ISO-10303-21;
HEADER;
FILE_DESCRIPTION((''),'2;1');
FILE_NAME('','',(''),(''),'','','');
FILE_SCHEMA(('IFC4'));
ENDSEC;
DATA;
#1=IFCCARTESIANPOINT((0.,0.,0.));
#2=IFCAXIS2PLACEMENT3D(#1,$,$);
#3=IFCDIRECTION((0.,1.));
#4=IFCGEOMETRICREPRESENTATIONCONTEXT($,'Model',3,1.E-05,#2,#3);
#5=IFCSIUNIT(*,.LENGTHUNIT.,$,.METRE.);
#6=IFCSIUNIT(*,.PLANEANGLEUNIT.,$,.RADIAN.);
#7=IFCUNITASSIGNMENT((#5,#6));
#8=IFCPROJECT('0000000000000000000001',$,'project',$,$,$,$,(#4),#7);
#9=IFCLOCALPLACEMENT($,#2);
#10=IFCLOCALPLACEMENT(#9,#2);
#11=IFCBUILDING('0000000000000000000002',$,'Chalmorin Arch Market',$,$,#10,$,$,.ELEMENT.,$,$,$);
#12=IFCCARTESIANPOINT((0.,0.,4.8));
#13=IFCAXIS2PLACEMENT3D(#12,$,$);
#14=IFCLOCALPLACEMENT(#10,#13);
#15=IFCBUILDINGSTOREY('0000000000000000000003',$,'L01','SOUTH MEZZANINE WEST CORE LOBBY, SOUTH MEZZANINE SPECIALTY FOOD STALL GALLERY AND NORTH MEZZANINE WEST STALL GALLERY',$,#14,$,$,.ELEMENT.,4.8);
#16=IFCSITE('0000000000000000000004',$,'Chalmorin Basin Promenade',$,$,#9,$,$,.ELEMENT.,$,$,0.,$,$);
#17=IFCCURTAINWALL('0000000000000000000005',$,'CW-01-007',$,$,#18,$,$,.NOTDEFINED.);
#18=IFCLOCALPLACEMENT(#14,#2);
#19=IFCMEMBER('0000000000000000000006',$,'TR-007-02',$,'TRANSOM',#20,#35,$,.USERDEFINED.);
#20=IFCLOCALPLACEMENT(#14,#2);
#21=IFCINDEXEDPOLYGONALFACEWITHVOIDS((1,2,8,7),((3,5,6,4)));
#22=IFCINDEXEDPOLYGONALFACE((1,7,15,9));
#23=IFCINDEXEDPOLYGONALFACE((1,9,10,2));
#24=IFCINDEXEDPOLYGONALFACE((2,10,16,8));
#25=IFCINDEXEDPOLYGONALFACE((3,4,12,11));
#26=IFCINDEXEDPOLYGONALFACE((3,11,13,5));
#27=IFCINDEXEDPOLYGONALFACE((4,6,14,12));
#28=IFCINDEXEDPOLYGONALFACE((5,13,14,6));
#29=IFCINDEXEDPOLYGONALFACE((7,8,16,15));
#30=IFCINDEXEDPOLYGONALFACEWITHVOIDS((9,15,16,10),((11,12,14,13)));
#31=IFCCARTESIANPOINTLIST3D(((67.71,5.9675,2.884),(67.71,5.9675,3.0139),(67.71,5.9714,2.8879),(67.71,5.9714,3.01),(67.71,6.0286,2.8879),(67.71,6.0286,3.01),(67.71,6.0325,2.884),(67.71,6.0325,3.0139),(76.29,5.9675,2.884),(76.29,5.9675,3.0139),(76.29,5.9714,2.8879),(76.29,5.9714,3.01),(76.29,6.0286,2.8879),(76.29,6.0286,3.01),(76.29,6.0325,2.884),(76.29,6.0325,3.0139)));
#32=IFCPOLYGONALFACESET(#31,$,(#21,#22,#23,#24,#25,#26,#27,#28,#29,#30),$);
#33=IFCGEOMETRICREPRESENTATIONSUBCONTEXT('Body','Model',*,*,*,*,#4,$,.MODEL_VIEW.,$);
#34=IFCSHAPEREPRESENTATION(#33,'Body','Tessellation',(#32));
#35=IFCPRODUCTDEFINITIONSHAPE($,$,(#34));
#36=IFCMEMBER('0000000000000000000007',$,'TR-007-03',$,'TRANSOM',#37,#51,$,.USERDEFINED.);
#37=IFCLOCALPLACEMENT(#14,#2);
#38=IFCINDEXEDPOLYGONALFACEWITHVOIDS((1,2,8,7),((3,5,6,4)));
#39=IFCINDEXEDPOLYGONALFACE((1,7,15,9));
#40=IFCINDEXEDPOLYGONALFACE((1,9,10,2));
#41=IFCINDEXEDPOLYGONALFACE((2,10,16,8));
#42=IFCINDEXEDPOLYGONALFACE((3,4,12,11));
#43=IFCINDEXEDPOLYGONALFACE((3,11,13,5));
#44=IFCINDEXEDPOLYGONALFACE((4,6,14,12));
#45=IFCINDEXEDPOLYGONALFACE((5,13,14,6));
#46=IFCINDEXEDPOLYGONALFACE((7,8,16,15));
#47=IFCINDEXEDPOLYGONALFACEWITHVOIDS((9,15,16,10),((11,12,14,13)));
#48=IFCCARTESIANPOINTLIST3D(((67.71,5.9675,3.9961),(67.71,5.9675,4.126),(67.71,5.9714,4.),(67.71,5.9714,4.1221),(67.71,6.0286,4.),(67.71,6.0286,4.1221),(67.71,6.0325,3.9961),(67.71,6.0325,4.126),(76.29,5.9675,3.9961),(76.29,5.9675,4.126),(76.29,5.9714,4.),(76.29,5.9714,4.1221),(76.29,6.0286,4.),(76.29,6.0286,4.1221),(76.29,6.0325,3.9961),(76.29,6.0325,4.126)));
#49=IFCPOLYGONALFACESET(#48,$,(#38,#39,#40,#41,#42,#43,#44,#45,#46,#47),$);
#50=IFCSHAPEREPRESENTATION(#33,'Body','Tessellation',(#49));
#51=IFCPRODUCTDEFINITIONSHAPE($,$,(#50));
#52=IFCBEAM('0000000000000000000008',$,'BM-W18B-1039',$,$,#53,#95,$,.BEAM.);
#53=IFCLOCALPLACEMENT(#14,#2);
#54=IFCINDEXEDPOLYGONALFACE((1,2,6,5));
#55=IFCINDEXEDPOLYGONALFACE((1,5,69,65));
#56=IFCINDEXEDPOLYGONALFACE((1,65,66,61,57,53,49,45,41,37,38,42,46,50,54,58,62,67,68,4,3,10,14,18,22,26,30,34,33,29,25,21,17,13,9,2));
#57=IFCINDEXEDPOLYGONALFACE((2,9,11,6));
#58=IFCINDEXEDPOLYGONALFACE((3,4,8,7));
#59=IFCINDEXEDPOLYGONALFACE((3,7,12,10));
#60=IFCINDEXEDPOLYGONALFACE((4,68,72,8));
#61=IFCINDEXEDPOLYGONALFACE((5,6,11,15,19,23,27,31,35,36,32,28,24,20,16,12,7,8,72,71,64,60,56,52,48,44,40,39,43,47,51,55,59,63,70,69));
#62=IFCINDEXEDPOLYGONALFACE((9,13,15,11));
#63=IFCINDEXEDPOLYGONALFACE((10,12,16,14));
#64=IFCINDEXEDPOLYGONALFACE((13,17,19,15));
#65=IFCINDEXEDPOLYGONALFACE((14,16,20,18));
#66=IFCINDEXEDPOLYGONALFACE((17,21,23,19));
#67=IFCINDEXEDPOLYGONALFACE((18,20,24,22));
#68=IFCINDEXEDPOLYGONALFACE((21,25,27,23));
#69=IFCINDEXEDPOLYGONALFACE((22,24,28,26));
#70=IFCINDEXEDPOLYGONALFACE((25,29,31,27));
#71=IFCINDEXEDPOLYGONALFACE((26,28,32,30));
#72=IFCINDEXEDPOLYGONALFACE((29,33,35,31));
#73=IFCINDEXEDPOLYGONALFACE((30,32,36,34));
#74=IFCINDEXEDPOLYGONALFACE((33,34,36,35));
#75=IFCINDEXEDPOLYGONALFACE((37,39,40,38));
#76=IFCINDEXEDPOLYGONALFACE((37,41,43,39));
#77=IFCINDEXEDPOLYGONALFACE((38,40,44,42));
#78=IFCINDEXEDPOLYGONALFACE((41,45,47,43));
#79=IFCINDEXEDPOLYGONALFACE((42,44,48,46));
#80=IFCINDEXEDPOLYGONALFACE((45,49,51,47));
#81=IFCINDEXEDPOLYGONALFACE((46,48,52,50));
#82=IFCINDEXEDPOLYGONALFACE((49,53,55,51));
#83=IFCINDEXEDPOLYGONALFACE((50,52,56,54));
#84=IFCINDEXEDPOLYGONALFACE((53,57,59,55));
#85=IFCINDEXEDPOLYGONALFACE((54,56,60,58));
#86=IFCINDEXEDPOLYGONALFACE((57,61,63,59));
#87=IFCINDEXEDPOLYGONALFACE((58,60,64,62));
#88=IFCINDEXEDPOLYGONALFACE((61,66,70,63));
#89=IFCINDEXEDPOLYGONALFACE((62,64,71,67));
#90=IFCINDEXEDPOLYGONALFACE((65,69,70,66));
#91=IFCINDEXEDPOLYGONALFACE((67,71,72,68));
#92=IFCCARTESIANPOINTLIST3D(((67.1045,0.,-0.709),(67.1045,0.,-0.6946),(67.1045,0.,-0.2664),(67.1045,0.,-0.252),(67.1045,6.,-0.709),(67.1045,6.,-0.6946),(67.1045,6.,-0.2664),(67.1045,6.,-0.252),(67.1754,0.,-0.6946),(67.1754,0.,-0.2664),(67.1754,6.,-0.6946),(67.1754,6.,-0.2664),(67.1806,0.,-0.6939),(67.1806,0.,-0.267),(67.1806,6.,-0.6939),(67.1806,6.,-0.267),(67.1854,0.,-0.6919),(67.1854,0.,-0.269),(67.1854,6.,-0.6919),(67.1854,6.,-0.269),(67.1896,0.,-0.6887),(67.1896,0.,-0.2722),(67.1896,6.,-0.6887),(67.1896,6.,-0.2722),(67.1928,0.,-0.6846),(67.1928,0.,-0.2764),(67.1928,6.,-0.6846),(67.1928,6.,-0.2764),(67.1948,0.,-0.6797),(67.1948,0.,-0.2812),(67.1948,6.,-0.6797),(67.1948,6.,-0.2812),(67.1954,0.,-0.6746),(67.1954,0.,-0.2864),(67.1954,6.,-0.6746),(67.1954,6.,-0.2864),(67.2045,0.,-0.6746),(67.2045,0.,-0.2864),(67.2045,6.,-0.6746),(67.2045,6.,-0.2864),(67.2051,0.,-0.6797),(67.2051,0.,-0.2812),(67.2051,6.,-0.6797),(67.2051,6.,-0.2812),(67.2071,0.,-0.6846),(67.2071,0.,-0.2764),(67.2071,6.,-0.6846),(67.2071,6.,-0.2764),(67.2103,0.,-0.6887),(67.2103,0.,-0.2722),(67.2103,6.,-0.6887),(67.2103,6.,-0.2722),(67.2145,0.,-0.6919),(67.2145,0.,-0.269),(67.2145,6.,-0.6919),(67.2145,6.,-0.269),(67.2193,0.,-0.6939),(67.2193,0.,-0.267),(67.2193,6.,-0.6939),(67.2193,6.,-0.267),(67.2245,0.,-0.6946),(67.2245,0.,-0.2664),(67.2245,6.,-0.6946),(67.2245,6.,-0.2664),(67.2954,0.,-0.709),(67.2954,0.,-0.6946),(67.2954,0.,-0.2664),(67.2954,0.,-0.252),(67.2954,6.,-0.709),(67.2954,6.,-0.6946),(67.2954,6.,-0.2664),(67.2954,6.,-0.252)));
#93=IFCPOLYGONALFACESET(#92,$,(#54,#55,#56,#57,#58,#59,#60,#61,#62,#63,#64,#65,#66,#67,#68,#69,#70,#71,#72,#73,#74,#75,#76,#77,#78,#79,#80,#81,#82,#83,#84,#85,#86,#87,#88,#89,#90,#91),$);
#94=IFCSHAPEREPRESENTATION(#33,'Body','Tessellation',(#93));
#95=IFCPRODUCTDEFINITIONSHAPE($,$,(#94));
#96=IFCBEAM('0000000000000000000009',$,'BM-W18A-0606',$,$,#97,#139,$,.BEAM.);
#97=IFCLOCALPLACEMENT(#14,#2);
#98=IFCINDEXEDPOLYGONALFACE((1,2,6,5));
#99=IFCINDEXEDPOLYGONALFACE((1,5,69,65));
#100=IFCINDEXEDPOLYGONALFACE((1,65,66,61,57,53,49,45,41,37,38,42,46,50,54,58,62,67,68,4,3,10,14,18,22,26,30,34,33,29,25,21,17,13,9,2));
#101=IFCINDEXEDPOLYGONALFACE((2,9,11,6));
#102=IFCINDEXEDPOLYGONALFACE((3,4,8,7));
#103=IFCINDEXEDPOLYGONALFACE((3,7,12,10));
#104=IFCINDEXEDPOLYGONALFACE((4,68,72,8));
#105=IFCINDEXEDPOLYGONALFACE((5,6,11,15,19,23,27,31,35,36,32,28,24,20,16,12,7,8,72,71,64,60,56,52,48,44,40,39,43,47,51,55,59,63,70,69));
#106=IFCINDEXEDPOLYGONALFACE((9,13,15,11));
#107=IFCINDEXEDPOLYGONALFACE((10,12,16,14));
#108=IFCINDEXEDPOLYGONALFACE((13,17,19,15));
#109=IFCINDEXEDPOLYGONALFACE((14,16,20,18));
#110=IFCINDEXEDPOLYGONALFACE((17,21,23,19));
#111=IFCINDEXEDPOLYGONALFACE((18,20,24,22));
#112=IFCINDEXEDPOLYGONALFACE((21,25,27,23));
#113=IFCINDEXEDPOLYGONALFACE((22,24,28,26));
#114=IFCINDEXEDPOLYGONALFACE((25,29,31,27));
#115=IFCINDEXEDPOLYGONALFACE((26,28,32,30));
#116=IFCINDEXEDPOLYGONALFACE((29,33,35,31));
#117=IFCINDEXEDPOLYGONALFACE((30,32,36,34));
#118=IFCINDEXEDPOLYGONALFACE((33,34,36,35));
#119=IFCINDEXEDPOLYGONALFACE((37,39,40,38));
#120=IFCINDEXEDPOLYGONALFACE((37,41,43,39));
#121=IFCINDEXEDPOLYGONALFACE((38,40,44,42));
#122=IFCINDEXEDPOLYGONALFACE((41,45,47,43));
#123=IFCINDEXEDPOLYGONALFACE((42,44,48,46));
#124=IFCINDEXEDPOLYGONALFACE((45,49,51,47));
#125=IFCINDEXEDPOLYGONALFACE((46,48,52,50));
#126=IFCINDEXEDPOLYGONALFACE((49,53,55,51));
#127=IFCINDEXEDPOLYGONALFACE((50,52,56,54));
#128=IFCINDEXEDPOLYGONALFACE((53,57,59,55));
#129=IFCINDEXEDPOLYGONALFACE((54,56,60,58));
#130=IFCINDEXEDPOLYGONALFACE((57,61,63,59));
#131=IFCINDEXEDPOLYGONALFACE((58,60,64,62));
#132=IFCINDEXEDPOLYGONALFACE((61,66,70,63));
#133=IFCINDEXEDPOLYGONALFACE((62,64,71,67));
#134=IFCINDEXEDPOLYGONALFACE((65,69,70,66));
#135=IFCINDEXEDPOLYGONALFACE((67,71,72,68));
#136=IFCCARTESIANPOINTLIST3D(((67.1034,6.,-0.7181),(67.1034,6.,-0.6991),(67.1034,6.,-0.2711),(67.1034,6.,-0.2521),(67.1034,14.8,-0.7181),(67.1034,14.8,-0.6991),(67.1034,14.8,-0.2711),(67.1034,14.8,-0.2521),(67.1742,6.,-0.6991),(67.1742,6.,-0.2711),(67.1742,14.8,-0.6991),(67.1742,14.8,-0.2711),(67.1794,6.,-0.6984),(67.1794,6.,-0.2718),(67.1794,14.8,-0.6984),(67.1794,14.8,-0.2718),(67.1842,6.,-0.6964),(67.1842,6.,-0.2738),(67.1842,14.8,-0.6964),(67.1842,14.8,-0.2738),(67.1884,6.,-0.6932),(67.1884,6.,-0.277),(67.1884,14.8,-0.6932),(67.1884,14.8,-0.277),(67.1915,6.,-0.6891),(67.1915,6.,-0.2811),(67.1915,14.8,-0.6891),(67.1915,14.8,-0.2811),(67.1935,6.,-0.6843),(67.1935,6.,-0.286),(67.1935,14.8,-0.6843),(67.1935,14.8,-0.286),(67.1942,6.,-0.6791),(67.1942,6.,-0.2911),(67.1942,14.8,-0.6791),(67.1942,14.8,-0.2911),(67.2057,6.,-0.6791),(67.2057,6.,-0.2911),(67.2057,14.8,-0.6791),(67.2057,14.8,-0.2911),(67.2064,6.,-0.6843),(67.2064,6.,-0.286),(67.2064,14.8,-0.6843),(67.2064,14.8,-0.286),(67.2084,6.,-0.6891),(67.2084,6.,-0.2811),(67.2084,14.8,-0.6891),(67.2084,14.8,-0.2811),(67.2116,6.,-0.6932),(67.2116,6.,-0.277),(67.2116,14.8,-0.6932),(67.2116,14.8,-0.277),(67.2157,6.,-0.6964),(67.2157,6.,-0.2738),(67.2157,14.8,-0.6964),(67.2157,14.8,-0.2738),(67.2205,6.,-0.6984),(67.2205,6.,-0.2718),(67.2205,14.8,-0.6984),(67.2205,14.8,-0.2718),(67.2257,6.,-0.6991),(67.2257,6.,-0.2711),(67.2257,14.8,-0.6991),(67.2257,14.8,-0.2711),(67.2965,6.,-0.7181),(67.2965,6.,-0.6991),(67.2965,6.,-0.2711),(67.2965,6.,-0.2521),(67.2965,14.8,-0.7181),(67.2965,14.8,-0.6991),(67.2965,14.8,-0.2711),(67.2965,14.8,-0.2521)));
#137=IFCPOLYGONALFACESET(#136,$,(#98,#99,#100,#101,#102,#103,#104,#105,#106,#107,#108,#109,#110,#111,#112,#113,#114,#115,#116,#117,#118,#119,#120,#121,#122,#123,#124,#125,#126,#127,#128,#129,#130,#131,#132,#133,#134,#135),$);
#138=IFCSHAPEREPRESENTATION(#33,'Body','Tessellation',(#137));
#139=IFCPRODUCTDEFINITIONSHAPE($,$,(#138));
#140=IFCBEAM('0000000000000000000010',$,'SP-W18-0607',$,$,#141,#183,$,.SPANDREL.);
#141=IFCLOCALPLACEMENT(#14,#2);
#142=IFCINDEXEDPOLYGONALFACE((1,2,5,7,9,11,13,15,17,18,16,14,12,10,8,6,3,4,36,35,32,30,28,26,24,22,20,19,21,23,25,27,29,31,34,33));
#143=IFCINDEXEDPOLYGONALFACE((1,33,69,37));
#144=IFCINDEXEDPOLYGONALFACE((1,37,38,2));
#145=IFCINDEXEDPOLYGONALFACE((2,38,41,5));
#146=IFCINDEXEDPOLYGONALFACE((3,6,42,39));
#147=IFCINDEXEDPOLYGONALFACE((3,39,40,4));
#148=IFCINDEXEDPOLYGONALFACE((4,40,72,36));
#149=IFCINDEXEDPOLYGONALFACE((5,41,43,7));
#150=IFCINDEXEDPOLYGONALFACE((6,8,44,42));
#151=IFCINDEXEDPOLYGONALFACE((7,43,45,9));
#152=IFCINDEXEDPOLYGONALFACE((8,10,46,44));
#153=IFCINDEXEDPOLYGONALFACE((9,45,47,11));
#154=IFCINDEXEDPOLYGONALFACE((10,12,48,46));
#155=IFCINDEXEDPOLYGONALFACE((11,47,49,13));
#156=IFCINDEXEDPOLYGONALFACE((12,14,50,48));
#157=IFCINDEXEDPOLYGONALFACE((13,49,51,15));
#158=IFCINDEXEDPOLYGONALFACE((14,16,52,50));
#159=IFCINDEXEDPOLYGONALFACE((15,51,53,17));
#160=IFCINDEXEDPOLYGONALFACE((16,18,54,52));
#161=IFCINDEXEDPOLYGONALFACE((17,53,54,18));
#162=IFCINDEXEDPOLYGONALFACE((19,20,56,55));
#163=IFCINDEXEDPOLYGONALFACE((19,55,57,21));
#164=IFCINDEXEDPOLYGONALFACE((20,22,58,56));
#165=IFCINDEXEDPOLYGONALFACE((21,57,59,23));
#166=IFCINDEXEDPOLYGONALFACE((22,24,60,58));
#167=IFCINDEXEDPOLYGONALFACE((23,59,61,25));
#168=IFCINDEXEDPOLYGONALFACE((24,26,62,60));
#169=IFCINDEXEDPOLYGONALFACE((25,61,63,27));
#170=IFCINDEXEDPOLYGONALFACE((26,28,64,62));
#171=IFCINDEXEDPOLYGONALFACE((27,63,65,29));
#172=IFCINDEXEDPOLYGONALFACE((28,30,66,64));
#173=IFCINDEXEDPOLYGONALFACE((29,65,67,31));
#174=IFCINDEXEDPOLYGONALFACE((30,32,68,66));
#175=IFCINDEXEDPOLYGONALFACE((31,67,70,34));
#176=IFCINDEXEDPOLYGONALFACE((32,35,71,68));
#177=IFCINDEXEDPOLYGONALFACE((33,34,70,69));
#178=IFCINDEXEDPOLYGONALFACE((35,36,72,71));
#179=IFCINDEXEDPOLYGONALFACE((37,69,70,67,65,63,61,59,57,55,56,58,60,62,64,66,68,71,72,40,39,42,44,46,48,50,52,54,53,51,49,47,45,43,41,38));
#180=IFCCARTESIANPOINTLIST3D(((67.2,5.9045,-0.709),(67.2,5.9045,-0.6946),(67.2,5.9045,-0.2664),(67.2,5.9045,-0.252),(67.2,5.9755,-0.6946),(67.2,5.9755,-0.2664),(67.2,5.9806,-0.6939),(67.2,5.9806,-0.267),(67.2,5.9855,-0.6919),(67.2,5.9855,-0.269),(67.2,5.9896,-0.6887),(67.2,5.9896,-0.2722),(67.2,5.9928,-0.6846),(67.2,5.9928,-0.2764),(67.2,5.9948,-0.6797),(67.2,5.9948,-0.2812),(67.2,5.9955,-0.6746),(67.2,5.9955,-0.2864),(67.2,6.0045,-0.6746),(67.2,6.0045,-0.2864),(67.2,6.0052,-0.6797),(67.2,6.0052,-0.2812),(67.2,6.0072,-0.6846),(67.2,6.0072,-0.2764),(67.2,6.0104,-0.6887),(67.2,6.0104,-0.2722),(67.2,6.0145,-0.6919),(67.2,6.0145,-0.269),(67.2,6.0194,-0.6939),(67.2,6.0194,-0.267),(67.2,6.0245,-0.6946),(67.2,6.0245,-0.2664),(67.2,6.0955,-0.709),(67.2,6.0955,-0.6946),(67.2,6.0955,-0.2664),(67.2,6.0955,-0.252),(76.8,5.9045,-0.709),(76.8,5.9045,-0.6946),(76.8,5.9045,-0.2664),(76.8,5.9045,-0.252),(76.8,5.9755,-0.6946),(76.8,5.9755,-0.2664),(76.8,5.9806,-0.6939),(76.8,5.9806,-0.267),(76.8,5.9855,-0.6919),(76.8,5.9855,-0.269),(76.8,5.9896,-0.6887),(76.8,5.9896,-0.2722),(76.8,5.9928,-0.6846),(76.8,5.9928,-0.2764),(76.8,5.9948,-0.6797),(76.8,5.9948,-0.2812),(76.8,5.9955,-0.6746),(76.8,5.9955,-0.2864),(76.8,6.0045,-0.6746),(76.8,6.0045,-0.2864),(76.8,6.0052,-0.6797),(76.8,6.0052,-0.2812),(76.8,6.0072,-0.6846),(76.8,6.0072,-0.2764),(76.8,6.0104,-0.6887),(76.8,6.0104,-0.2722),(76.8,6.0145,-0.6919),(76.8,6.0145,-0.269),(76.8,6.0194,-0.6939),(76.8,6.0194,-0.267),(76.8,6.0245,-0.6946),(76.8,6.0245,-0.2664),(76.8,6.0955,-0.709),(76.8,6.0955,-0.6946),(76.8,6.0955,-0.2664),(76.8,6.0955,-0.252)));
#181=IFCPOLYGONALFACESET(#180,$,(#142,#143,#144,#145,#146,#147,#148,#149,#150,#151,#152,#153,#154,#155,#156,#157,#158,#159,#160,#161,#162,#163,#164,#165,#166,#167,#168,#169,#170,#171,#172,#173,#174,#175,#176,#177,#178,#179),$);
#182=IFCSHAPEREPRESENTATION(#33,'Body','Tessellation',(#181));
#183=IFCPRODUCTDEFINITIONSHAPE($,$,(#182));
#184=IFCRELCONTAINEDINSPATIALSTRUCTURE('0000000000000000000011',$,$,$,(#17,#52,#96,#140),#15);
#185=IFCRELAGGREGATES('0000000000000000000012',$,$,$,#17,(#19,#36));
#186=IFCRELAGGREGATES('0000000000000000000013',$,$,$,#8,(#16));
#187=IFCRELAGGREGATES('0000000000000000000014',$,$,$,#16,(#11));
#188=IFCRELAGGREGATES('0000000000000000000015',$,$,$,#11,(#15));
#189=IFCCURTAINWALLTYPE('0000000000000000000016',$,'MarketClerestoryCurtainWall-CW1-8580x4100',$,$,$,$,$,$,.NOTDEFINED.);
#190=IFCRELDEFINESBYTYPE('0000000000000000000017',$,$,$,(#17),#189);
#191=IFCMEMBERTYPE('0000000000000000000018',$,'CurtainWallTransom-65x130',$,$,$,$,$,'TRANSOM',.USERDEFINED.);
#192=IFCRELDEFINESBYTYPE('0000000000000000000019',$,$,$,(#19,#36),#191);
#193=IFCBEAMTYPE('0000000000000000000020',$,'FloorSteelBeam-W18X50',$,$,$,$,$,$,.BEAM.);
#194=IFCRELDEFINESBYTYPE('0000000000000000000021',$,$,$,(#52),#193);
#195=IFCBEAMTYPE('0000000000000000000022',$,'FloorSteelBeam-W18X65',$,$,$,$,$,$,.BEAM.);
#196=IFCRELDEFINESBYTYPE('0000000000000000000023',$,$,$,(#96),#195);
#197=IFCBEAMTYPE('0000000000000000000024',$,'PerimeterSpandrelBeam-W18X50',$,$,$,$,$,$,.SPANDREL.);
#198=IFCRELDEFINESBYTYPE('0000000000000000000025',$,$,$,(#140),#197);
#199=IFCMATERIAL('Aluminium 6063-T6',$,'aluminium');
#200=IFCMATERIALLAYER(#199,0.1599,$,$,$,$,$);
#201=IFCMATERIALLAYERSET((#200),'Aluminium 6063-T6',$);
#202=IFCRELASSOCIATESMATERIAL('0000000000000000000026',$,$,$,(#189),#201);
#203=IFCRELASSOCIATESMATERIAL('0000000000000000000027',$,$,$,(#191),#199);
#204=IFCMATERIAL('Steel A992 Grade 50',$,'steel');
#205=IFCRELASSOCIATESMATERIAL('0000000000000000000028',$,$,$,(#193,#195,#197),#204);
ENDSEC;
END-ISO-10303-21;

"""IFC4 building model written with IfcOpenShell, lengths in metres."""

from ifc_helpers import new_model, si_unit, direction, frame, origin, origin_2d, place, context, subcontext, project, spatial, hollow_rectangle, i_section, extrude, material, layer, layer_set, material_profile, profile_set, type_object, element, aggregate, save


model = new_model("IFC4")

# Units and contexts
model_context = context("Model", 3, precision=1e-05, world=origin(), true_north=direction((0.0, 1.0)))
body_context = subcontext(model_context, "Body", "Model", "MODEL_VIEW")
ifc_project = project(units=[si_unit("LENGTHUNIT", "METRE"), si_unit("PLANEANGLEUNIT", "RADIAN")], contexts=[model_context])

# Site, building, storey
site_placement = place(None, origin())
site = spatial("IfcSite", under=ifc_project, at=site_placement, Name="Chalmorin Basin Promenade", CompositionType="ELEMENT", RefElevation=0.0)
building_placement = place(site_placement, origin())
building = spatial("IfcBuilding", under=site, at=building_placement, Name="Chalmorin Arch Market", CompositionType="ELEMENT")
storey_placement = place(building_placement, frame((0.0, 0.0, 4.8)))
storey = spatial("IfcBuildingStorey", under=building, at=storey_placement, Name="L01", Description="SOUTH MEZZANINE WEST CORE LOBBY, SOUTH MEZZANINE SPECIALTY FOOD STALL GALLERY AND NORTH MEZZANINE WEST STALL GALLERY", CompositionType="ELEMENT", Elevation=4.8)

# Curtain wall, members
ifc_material_1 = material(Name="Aluminium 6063-T6", Category="aluminium")
ifc_layer_1 = layer(ifc_material_1, 0.1599)
ifc_layer_set_1 = layer_set([ifc_layer_1], Name="Aluminium 6063-T6")
curtain_wall_type = type_object("IfcCurtainWallType", Name="MarketClerestoryCurtainWall-CW1-8580x4100", PredefinedType="NOTDEFINED", material=ifc_layer_set_1)
curtain_wall_1_placement = place(storey_placement, origin())
curtain_wall_1 = element("IfcCurtainWall", 1, at=curtain_wall_1_placement, inside=storey, type_object=curtain_wall_type, Name="CW-01-007", PredefinedType="NOTDEFINED")
ifc_material_profile_1 = material_profile(ifc_material_1, hollow_rectangle(XDim=0.0649, YDim=0.1299, WallThickness=0.0039, at=origin_2d()), Name="ALU65X130X4")
ifc_profile_set_1 = profile_set([ifc_material_profile_1], Name="Aluminium 6063-T6")
member_type_1 = type_object("IfcMemberType", Name="CurtainWallTransom-65x130", ElementType="TRANSOM", PredefinedType="USERDEFINED", material=ifc_profile_set_1)
member_1_placement = place(storey_placement, frame((67.71, 6.0, 2.949), z_axis=(1.0, 0.0, 0.0), x_axis=(0.0, 1.0, 0.0)))
member_1 = element("IfcMember", 2, at=member_1_placement, type_object=member_type_1, Name="TR-007-02", ObjectType="TRANSOM", PredefinedType="USERDEFINED", context=body_context, shape_type="SweptSolid", body=[
    extrude(hollow_rectangle(XDim=0.0649, YDim=0.1299, WallThickness=0.0039, at=origin_2d()), origin(), (0.0, 0.0, 1.0), 8.5801),
])
member_2_placement = place(storey_placement, frame((67.71, 6.0, 4.061), z_axis=(1.0, 0.0, 0.0), x_axis=(0.0, 1.0, 0.0)))
member_2 = element("IfcMember", 3, at=member_2_placement, type_object=member_type_1, Name="TR-007-03", ObjectType="TRANSOM", PredefinedType="USERDEFINED", context=body_context, shape_type="SweptSolid", body=[
    extrude(hollow_rectangle(XDim=0.0649, YDim=0.1299, WallThickness=0.0039, at=origin_2d()), origin(), (0.0, 0.0, 1.0), 8.5801),
])

# Beams
ifc_material_2 = material(Name="Steel A992 Grade 50", Category="steel")
ifc_material_profile_2 = material_profile(ifc_material_2, i_section(OverallWidth=0.1909, OverallDepth=0.457, WebThickness=0.009, FlangeThickness=0.0144, FilletRadius=0.02, at=origin_2d()), Name="W18X50")
ifc_profile_set_2 = profile_set([ifc_material_profile_2], Name="Steel A992 Grade 50")
beam_type_1 = type_object("IfcBeamType", Name="FloorSteelBeam-W18X50", PredefinedType="BEAM", material=ifc_profile_set_2)
beam_1_placement = place(storey_placement, frame((67.2, 0.0, -0.4805), z_axis=(0.0, 1.0, 0.0), x_axis=(-1.0, 0.0, 0.0)))
element("IfcBeam", 4, at=beam_1_placement, inside=storey, type_object=beam_type_1, Name="BM-W18B-1039", PredefinedType="BEAM", context=body_context, shape_type="SweptSolid", body=[
    extrude(i_section(OverallWidth=0.1909, OverallDepth=0.457, WebThickness=0.009, FlangeThickness=0.0144, FilletRadius=0.02, at=origin_2d()), origin(), (0.0, 0.0, 1.0), 6.0),
])
ifc_material_profile_3 = material_profile(ifc_material_2, i_section(OverallWidth=0.1931, OverallDepth=0.4661, WebThickness=0.0115, FlangeThickness=0.019, FilletRadius=0.02, at=origin_2d()), Name="W18X65")
ifc_profile_set_3 = profile_set([ifc_material_profile_3], Name="Steel A992 Grade 50")
beam_type_2 = type_object("IfcBeamType", Name="FloorSteelBeam-W18X65", PredefinedType="BEAM", material=ifc_profile_set_3)
beam_2_placement = place(storey_placement, frame((67.2, 6.0, -0.4851), z_axis=(0.0, 1.0, 0.0), x_axis=(-1.0, 0.0, 0.0)))
element("IfcBeam", 5, at=beam_2_placement, inside=storey, type_object=beam_type_2, Name="BM-W18A-0606", PredefinedType="BEAM", context=body_context, shape_type="SweptSolid", body=[
    extrude(i_section(OverallWidth=0.1931, OverallDepth=0.4661, WebThickness=0.0115, FlangeThickness=0.019, FilletRadius=0.02, at=origin_2d()), origin(), (0.0, 0.0, 1.0), 8.8),
])
ifc_material_profile_4 = material_profile(ifc_material_2, i_section(OverallWidth=0.1909, OverallDepth=0.457, WebThickness=0.009, FlangeThickness=0.0144, FilletRadius=0.02, at=origin_2d()), Name="W18X50")
ifc_profile_set_4 = profile_set([ifc_material_profile_4], Name="Steel A992 Grade 50")
beam_type_3 = type_object("IfcBeamType", Name="PerimeterSpandrelBeam-W18X50", PredefinedType="SPANDREL", material=ifc_profile_set_4)
for number, where, z_axis, x_axis, name in (
    (6, (67.2, 6.0, -0.4805), (1.0, 0.0, 0.0), (0.0, 1.0, 0.0), "SP-W18-0607"),
):
    element("IfcBeam", number, at=place(storey_placement, frame(where, z_axis=z_axis, x_axis=x_axis)), inside=storey, type_object=beam_type_3, Name=name, PredefinedType="SPANDREL", context=body_context, shape_type="SweptSolid", body=[
        extrude(i_section(OverallWidth=0.1909, OverallDepth=0.457, WebThickness=0.009, FlangeThickness=0.0144, FilletRadius=0.02, at=origin_2d()), origin(), (0.0, 0.0, 1.0), 9.6001),
    ])

aggregate(curtain_wall_1, [member_1, member_2])

save(model, "model.ifc")
